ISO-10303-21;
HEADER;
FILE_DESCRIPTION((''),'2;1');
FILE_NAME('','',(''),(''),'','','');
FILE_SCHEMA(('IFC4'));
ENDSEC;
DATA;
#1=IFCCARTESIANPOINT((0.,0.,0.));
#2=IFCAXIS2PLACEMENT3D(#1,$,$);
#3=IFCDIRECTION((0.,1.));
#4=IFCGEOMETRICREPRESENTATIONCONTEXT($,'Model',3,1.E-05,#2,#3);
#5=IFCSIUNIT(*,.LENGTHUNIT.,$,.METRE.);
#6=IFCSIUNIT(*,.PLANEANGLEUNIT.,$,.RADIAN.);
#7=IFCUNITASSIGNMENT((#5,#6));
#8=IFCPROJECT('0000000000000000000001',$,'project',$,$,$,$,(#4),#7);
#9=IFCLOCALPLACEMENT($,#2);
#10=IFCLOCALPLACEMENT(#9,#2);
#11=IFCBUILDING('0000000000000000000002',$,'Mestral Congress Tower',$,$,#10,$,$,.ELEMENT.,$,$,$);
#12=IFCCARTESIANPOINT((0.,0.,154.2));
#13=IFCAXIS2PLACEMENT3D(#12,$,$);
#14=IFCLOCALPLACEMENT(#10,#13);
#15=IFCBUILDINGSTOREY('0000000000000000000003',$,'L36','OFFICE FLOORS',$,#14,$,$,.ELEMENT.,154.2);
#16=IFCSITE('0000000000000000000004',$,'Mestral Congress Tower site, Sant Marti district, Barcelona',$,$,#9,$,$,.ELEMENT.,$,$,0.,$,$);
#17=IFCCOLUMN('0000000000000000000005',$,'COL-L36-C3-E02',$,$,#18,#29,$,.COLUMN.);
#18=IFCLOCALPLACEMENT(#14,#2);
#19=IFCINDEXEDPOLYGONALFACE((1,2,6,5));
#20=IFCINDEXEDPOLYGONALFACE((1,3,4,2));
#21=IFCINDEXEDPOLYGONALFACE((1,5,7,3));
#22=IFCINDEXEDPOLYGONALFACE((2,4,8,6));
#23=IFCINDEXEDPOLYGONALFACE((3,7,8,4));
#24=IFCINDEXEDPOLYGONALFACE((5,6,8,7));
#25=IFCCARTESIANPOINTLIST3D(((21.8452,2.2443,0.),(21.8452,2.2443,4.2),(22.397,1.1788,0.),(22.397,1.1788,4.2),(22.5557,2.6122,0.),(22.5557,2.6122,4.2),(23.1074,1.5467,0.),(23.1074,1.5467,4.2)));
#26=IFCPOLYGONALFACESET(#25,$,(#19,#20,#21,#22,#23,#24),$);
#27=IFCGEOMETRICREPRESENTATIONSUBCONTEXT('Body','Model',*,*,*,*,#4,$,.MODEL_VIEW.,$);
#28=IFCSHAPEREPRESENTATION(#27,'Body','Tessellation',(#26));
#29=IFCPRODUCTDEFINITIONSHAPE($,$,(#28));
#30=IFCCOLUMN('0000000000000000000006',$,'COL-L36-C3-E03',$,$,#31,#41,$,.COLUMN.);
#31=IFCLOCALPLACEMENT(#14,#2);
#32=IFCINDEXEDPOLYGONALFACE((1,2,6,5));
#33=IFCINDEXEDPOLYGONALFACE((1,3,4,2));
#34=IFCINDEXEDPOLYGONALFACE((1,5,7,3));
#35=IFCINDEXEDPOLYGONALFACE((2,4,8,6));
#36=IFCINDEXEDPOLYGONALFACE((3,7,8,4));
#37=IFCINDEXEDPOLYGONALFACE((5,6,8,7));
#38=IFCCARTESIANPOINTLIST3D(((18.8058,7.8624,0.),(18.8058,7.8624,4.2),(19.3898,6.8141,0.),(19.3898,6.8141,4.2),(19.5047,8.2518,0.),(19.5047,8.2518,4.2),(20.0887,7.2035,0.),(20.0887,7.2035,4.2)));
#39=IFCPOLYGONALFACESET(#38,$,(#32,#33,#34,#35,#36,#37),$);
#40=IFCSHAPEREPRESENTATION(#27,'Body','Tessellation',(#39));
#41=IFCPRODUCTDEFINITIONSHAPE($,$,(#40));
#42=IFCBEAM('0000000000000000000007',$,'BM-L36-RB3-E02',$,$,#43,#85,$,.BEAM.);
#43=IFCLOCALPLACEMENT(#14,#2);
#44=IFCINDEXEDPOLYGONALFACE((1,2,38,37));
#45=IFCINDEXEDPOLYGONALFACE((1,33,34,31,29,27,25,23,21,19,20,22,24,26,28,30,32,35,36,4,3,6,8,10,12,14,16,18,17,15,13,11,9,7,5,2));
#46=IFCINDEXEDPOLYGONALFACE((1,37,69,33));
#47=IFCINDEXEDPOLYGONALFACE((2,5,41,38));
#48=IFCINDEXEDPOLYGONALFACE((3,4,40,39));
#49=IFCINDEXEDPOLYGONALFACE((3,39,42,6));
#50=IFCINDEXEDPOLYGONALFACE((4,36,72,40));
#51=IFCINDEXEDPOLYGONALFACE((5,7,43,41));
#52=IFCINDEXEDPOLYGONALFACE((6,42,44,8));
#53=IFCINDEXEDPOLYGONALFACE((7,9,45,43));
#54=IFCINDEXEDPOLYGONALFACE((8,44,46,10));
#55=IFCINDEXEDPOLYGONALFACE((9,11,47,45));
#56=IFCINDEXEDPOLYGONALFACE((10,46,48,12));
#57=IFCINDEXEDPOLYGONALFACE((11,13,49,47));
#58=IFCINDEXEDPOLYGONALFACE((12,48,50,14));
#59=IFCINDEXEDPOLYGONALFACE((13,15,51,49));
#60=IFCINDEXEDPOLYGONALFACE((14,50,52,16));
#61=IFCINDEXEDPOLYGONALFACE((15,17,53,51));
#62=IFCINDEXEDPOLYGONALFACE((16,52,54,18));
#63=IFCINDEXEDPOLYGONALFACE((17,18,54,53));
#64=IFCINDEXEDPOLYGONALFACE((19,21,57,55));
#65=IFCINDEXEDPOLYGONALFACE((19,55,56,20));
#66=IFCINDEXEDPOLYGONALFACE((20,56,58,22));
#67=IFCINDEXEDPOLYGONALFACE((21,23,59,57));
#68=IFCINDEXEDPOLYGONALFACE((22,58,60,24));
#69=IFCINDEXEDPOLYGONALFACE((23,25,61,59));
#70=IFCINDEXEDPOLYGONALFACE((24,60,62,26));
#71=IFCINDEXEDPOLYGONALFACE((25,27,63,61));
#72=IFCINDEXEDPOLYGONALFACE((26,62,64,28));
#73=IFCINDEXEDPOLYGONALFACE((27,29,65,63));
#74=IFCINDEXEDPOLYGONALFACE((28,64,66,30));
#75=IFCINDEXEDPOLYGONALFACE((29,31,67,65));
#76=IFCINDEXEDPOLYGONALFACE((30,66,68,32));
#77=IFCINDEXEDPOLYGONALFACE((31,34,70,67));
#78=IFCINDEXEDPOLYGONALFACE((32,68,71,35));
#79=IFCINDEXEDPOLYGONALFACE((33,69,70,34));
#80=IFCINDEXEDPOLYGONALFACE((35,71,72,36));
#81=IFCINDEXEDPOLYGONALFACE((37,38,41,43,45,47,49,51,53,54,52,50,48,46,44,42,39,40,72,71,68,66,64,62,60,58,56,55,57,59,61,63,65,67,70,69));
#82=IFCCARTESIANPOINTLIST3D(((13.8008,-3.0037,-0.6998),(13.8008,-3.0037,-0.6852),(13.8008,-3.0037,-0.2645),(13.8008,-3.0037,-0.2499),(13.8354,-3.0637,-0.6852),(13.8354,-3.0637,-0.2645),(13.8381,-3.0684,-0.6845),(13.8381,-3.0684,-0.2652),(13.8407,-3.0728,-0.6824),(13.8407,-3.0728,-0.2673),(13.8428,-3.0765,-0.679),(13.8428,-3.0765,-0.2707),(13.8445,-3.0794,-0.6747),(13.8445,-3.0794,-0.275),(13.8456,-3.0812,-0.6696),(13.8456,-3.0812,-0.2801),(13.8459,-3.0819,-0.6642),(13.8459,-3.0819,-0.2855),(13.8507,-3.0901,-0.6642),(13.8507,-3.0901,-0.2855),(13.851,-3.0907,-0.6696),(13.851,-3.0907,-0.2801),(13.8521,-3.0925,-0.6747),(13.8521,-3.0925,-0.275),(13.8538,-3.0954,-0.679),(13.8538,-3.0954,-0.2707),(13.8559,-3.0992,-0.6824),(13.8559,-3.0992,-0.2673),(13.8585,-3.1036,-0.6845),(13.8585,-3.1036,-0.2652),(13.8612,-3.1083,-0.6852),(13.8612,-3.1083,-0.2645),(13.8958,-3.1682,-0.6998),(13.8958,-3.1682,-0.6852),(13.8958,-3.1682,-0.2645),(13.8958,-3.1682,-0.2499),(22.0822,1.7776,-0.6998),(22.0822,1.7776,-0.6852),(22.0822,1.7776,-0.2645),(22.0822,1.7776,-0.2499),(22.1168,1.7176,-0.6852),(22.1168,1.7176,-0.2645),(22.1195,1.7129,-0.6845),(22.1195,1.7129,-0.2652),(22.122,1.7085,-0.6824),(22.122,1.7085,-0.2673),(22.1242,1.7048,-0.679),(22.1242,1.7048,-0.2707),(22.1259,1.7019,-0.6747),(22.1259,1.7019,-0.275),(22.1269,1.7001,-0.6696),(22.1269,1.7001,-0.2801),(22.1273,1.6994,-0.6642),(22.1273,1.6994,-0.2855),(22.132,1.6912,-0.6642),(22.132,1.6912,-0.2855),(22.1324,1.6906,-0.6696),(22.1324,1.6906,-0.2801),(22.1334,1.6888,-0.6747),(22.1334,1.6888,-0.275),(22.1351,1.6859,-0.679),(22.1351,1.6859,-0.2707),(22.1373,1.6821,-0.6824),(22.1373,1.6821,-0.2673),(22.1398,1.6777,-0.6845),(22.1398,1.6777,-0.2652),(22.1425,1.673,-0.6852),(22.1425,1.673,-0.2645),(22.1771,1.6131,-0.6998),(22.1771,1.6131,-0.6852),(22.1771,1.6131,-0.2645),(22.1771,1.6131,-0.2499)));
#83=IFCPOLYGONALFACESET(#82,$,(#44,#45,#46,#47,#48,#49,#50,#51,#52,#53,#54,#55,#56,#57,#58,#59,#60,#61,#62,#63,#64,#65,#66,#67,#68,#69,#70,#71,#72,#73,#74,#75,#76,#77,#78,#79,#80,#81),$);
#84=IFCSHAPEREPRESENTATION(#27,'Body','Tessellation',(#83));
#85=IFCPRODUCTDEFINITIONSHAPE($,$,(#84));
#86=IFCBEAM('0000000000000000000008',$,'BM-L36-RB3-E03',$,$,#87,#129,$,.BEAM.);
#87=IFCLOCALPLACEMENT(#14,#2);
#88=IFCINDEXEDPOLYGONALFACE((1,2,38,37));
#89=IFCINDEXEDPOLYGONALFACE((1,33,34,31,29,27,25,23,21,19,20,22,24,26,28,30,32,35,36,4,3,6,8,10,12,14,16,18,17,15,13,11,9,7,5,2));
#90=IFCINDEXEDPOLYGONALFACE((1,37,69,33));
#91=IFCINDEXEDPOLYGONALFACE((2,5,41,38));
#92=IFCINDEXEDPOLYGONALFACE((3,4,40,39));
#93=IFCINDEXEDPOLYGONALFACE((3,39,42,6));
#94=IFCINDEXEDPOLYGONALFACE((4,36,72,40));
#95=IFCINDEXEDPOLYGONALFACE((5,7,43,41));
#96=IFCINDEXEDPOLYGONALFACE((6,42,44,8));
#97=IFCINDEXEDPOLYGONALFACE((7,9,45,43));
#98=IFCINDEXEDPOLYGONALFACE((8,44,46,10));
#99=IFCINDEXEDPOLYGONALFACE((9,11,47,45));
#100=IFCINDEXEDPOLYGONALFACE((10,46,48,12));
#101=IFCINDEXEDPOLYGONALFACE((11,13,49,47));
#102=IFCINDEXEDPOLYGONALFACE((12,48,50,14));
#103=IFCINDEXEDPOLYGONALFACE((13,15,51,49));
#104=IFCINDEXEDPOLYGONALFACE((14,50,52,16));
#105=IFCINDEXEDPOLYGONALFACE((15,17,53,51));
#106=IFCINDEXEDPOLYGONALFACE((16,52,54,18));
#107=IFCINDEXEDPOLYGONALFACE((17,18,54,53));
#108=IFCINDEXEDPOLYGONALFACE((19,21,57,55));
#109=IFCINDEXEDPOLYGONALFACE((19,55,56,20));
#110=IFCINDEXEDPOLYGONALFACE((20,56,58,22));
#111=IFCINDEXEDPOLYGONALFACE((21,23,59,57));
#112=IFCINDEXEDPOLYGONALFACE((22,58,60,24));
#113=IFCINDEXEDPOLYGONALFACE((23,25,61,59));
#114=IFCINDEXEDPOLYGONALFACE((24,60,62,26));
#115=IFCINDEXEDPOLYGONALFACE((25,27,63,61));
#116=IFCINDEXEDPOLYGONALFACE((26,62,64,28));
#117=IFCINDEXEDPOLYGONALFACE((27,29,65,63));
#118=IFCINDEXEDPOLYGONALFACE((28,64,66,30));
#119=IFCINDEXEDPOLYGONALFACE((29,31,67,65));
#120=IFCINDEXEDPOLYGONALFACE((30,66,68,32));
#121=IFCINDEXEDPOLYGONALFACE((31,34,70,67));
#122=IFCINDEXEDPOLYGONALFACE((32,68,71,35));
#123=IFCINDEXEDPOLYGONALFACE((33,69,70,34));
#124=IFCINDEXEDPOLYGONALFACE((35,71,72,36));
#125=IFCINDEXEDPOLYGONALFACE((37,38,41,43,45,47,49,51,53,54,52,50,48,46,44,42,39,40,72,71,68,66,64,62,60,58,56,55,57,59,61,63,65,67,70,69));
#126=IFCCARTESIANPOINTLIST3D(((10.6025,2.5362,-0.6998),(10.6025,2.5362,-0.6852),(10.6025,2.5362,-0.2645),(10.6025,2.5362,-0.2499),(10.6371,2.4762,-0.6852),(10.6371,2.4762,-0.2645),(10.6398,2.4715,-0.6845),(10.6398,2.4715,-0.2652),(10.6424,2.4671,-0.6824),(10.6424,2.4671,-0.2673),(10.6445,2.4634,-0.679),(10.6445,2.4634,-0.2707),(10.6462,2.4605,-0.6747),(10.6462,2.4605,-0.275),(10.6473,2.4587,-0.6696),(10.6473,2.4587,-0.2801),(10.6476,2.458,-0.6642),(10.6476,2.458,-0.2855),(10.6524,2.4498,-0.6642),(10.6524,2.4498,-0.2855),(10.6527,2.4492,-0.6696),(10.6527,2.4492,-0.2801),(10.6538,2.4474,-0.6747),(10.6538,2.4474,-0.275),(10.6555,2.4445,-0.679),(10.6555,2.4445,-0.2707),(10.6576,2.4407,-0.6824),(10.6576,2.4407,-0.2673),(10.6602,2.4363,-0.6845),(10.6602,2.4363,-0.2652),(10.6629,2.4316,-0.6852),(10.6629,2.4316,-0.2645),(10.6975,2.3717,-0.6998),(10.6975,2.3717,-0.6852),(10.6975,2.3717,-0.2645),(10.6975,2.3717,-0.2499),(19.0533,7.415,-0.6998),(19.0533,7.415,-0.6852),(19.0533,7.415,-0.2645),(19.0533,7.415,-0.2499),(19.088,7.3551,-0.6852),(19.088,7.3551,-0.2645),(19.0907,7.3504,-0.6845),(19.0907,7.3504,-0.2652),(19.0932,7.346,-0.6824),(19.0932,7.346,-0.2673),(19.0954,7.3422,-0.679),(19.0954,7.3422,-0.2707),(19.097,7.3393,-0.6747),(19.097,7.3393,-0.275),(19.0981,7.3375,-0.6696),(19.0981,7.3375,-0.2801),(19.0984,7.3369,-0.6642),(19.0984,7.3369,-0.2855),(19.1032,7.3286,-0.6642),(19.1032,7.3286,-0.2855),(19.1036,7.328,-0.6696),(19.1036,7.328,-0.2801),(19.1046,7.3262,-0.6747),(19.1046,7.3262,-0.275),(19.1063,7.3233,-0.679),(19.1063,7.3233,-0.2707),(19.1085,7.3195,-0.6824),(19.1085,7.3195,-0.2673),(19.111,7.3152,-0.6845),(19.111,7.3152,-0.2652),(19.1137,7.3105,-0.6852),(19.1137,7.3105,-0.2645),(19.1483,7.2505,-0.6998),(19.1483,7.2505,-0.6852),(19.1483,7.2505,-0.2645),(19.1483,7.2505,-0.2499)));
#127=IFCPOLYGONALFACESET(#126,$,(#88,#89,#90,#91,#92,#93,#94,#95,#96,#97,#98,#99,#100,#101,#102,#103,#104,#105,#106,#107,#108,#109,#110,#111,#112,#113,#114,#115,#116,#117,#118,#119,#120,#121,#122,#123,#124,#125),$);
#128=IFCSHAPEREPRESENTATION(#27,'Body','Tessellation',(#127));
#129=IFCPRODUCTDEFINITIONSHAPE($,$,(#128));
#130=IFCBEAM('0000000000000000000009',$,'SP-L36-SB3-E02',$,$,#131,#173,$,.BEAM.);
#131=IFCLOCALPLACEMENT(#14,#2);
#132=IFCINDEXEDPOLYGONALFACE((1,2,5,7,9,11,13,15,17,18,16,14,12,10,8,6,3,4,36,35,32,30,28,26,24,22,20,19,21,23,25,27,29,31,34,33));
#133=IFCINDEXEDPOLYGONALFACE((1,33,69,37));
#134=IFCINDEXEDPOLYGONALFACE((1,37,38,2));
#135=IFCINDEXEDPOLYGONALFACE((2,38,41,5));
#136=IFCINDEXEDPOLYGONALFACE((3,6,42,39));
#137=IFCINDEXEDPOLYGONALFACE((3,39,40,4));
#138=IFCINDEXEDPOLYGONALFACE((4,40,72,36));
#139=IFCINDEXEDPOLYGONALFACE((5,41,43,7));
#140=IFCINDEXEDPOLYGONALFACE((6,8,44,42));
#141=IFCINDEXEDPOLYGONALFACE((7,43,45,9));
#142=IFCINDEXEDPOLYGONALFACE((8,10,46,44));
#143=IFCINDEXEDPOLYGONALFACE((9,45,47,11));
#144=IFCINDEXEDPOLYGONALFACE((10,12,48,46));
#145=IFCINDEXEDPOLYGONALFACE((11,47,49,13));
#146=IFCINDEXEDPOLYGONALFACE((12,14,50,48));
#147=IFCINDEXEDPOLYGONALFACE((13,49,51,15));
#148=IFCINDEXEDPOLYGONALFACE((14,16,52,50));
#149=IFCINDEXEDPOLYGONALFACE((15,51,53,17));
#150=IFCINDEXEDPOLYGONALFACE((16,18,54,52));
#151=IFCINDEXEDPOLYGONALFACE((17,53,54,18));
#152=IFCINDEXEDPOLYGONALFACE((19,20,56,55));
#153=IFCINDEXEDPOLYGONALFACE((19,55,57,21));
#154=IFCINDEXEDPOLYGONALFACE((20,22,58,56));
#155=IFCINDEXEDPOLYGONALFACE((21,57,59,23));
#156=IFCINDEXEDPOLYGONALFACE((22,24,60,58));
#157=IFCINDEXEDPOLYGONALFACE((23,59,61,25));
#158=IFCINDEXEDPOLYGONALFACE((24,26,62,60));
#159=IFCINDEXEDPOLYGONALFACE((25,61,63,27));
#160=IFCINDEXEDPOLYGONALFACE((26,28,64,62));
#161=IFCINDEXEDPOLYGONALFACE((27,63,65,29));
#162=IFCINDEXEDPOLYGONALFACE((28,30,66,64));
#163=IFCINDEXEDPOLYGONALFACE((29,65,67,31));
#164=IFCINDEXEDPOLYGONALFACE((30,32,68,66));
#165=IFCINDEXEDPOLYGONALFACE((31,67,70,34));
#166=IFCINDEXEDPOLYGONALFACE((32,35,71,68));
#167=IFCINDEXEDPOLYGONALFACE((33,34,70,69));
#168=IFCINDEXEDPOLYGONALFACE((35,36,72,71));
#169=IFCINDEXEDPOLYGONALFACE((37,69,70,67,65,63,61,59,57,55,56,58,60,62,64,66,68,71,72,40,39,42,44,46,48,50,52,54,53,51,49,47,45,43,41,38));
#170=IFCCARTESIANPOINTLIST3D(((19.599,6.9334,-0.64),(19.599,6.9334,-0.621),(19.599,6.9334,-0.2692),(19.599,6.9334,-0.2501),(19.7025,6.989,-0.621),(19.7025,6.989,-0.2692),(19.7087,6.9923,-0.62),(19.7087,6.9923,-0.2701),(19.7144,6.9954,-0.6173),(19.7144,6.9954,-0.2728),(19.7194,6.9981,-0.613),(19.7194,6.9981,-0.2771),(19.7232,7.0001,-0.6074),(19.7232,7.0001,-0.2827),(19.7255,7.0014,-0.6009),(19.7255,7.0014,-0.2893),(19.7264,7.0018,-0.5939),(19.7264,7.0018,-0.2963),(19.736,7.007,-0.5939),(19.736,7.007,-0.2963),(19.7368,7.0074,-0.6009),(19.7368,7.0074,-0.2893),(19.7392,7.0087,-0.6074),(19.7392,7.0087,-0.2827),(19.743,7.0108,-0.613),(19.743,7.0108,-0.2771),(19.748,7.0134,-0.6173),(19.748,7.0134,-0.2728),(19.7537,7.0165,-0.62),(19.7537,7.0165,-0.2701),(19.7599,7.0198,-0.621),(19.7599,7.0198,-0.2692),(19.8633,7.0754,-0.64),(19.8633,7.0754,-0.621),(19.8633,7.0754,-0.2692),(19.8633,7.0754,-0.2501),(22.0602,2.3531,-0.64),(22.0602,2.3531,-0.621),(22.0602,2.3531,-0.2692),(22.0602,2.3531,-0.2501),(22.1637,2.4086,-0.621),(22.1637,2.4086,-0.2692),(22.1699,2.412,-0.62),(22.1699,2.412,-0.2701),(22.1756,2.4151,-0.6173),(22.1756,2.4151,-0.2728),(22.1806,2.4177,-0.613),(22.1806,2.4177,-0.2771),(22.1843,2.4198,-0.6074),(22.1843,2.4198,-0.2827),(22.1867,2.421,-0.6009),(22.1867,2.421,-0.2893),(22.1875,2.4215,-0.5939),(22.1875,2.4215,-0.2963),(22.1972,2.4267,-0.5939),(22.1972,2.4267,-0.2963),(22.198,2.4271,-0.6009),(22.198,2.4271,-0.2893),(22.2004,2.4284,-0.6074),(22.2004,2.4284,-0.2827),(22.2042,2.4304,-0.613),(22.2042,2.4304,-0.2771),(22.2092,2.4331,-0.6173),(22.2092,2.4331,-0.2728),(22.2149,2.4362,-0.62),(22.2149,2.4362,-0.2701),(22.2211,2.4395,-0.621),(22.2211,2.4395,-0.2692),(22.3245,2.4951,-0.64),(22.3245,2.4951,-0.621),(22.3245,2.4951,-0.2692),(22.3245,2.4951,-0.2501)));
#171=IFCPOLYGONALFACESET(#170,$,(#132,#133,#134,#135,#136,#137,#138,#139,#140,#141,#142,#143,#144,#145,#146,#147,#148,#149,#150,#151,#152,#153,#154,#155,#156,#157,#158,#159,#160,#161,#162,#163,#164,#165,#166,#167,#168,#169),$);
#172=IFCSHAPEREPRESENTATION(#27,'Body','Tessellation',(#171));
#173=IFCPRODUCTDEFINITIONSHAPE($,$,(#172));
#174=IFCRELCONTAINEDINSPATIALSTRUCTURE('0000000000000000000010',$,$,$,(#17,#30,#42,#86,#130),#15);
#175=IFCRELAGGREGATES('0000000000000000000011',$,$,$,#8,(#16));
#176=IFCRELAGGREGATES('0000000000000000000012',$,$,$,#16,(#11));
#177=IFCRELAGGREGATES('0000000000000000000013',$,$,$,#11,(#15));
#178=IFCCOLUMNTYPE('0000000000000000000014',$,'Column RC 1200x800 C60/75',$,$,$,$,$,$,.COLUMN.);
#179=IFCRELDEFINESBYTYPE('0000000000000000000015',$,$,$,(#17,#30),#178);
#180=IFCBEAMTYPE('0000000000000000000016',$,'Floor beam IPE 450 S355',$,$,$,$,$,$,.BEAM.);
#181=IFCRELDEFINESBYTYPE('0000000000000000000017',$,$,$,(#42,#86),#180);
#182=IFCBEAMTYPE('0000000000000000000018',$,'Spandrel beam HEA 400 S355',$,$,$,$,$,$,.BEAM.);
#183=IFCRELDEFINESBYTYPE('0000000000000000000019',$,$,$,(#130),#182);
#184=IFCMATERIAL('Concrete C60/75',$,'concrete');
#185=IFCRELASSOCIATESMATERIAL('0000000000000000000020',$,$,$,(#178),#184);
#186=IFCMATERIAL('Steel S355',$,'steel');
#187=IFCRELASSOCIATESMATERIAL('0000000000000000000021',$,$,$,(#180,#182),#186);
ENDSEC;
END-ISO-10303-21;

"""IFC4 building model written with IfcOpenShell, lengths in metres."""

from ifc_helpers import new_model, si_unit, direction, frame, origin, origin_2d, place, context, subcontext, project, spatial, rectangle, i_section, extrude, material, material_profile, profile_set, type_object, element, save


model = new_model("IFC4")

# Units and contexts
model_context = context("Model", 3, precision=1e-05, world=origin(), true_north=direction((0.0, 1.0)))
body_context = subcontext(model_context, "Body", "Model", "MODEL_VIEW")
ifc_project = project(units=[si_unit("LENGTHUNIT", "METRE"), si_unit("PLANEANGLEUNIT", "RADIAN")], contexts=[model_context])

# Site, building, storey
site_placement = place(None, origin())
site = spatial("IfcSite", under=ifc_project, at=site_placement, Name="Mestral Congress Tower site, Sant Marti district, Barcelona", CompositionType="ELEMENT", RefElevation=0.0)
building_placement = place(site_placement, origin())
building = spatial("IfcBuilding", under=site, at=building_placement, Name="Mestral Congress Tower", CompositionType="ELEMENT")
storey_placement = place(building_placement, frame((0.0, 0.0, 154.2)))
storey = spatial("IfcBuildingStorey", under=building, at=storey_placement, Name="L36", Description="OFFICE FLOORS", CompositionType="ELEMENT", Elevation=154.2)

# Columns
ifc_material_1 = material(Name="Concrete C60/75", Category="concrete")
ifc_material_profile_1 = material_profile(ifc_material_1, rectangle(XDim=1.2, YDim=0.8, at=origin_2d()), Name="RC 1200x800")
ifc_profile_set_1 = profile_set([ifc_material_profile_1], Name="Concrete C60/75")
column_type = type_object("IfcColumnType", Name="Column RC 1200x800 C60/75", PredefinedType="COLUMN", material=ifc_profile_set_1)
for number, where, z_axis, x_axis, name in (
    (1, (22.4763, 1.8955, 0.0), (0.0, 0.0, 1.0), (-0.459837, 0.888003, 0.0), "COL-L36-C3-E02"),
    (2, (19.4473, 7.533, 0.0), (0.0, 0.0, 1.0), (-0.486724, 0.873556, 0.0), "COL-L36-C3-E03"),
):
    element("IfcColumn", number, at=place(storey_placement, frame(where, z_axis=z_axis, x_axis=x_axis)), inside=storey, type_object=column_type, Name=name, PredefinedType="COLUMN", context=body_context, shape_type="SweptSolid", body=[
        extrude(rectangle(XDim=1.2, YDim=0.8, at=origin_2d()), origin(), (0.0, 0.0, 1.0), 4.2),
    ])

# Beams
ifc_material_2 = material(Name="Steel S355", Category="steel")
ifc_material_profile_2 = material_profile(ifc_material_2, i_section(OverallWidth=0.1899, OverallDepth=0.45, WebThickness=0.0095, FlangeThickness=0.0146, FilletRadius=0.021, at=origin_2d()), Name="IPE 450")
ifc_profile_set_2 = profile_set([ifc_material_profile_2], Name="Steel S355")
beam_type_1 = type_object("IfcBeamType", Name="Floor beam IPE 450 S355", PredefinedType="BEAM", material=ifc_profile_set_2)
beam_1_placement = place(storey_placement, frame((22.1296, 1.6953, -0.4749), z_axis=(-0.866022, -0.500005, 0.0), x_axis=(0.500005, -0.866022, 0.0)))
element("IfcBeam", 3, at=beam_1_placement, inside=storey, type_object=beam_type_1, Name="BM-L36-RB3-E02", PredefinedType="BEAM", context=body_context, shape_type="SweptSolid", body=[
    extrude(i_section(OverallWidth=0.1899, OverallDepth=0.45, WebThickness=0.0095, FlangeThickness=0.0146, FilletRadius=0.021, at=origin_2d()), origin(), (0.0, 0.0, 1.0), 9.5625),
])
beam_2_placement = place(storey_placement, frame((19.1008, 7.3328, -0.4749), z_axis=(-0.866036, -0.499982, 0.0), x_axis=(0.499982, -0.866036, 0.0)))
element("IfcBeam", 4, at=beam_2_placement, inside=storey, type_object=beam_type_1, Name="BM-L36-RB3-E03", PredefinedType="BEAM", context=body_context, shape_type="SweptSolid", body=[
    extrude(i_section(OverallWidth=0.1899, OverallDepth=0.45, WebThickness=0.0095, FlangeThickness=0.0146, FilletRadius=0.021, at=origin_2d()), origin(), (0.0, 0.0, 1.0), 9.7581),
])
ifc_material_profile_3 = material_profile(ifc_material_2, i_section(OverallWidth=0.3, OverallDepth=0.3899, WebThickness=0.011, FlangeThickness=0.019, FilletRadius=0.0271, at=origin_2d()), Name="HEA 400")
ifc_profile_set_3 = profile_set([ifc_material_profile_3], Name="Steel S355")
beam_type_2 = type_object("IfcBeamType", Name="Spandrel beam HEA 400 S355", PredefinedType="BEAM", material=ifc_profile_set_3)
for number, where, z_axis, x_axis, name in (
    (5, (22.1924, 2.4241, -0.4451), (-0.473332, 0.880884, 0.0), (-0.880884, -0.473332, 0.0), "SP-L36-SB3-E02"),
):
    element("IfcBeam", number, at=place(storey_placement, frame(where, z_axis=z_axis, x_axis=x_axis)), inside=storey, type_object=beam_type_2, Name=name, PredefinedType="BEAM", context=body_context, shape_type="SweptSolid", body=[
        extrude(i_section(OverallWidth=0.3, OverallDepth=0.3899, WebThickness=0.011, FlangeThickness=0.019, FilletRadius=0.0271, at=origin_2d()), origin(), (0.0, 0.0, 1.0), 5.1997),
    ])

save(model, "model.ifc")
